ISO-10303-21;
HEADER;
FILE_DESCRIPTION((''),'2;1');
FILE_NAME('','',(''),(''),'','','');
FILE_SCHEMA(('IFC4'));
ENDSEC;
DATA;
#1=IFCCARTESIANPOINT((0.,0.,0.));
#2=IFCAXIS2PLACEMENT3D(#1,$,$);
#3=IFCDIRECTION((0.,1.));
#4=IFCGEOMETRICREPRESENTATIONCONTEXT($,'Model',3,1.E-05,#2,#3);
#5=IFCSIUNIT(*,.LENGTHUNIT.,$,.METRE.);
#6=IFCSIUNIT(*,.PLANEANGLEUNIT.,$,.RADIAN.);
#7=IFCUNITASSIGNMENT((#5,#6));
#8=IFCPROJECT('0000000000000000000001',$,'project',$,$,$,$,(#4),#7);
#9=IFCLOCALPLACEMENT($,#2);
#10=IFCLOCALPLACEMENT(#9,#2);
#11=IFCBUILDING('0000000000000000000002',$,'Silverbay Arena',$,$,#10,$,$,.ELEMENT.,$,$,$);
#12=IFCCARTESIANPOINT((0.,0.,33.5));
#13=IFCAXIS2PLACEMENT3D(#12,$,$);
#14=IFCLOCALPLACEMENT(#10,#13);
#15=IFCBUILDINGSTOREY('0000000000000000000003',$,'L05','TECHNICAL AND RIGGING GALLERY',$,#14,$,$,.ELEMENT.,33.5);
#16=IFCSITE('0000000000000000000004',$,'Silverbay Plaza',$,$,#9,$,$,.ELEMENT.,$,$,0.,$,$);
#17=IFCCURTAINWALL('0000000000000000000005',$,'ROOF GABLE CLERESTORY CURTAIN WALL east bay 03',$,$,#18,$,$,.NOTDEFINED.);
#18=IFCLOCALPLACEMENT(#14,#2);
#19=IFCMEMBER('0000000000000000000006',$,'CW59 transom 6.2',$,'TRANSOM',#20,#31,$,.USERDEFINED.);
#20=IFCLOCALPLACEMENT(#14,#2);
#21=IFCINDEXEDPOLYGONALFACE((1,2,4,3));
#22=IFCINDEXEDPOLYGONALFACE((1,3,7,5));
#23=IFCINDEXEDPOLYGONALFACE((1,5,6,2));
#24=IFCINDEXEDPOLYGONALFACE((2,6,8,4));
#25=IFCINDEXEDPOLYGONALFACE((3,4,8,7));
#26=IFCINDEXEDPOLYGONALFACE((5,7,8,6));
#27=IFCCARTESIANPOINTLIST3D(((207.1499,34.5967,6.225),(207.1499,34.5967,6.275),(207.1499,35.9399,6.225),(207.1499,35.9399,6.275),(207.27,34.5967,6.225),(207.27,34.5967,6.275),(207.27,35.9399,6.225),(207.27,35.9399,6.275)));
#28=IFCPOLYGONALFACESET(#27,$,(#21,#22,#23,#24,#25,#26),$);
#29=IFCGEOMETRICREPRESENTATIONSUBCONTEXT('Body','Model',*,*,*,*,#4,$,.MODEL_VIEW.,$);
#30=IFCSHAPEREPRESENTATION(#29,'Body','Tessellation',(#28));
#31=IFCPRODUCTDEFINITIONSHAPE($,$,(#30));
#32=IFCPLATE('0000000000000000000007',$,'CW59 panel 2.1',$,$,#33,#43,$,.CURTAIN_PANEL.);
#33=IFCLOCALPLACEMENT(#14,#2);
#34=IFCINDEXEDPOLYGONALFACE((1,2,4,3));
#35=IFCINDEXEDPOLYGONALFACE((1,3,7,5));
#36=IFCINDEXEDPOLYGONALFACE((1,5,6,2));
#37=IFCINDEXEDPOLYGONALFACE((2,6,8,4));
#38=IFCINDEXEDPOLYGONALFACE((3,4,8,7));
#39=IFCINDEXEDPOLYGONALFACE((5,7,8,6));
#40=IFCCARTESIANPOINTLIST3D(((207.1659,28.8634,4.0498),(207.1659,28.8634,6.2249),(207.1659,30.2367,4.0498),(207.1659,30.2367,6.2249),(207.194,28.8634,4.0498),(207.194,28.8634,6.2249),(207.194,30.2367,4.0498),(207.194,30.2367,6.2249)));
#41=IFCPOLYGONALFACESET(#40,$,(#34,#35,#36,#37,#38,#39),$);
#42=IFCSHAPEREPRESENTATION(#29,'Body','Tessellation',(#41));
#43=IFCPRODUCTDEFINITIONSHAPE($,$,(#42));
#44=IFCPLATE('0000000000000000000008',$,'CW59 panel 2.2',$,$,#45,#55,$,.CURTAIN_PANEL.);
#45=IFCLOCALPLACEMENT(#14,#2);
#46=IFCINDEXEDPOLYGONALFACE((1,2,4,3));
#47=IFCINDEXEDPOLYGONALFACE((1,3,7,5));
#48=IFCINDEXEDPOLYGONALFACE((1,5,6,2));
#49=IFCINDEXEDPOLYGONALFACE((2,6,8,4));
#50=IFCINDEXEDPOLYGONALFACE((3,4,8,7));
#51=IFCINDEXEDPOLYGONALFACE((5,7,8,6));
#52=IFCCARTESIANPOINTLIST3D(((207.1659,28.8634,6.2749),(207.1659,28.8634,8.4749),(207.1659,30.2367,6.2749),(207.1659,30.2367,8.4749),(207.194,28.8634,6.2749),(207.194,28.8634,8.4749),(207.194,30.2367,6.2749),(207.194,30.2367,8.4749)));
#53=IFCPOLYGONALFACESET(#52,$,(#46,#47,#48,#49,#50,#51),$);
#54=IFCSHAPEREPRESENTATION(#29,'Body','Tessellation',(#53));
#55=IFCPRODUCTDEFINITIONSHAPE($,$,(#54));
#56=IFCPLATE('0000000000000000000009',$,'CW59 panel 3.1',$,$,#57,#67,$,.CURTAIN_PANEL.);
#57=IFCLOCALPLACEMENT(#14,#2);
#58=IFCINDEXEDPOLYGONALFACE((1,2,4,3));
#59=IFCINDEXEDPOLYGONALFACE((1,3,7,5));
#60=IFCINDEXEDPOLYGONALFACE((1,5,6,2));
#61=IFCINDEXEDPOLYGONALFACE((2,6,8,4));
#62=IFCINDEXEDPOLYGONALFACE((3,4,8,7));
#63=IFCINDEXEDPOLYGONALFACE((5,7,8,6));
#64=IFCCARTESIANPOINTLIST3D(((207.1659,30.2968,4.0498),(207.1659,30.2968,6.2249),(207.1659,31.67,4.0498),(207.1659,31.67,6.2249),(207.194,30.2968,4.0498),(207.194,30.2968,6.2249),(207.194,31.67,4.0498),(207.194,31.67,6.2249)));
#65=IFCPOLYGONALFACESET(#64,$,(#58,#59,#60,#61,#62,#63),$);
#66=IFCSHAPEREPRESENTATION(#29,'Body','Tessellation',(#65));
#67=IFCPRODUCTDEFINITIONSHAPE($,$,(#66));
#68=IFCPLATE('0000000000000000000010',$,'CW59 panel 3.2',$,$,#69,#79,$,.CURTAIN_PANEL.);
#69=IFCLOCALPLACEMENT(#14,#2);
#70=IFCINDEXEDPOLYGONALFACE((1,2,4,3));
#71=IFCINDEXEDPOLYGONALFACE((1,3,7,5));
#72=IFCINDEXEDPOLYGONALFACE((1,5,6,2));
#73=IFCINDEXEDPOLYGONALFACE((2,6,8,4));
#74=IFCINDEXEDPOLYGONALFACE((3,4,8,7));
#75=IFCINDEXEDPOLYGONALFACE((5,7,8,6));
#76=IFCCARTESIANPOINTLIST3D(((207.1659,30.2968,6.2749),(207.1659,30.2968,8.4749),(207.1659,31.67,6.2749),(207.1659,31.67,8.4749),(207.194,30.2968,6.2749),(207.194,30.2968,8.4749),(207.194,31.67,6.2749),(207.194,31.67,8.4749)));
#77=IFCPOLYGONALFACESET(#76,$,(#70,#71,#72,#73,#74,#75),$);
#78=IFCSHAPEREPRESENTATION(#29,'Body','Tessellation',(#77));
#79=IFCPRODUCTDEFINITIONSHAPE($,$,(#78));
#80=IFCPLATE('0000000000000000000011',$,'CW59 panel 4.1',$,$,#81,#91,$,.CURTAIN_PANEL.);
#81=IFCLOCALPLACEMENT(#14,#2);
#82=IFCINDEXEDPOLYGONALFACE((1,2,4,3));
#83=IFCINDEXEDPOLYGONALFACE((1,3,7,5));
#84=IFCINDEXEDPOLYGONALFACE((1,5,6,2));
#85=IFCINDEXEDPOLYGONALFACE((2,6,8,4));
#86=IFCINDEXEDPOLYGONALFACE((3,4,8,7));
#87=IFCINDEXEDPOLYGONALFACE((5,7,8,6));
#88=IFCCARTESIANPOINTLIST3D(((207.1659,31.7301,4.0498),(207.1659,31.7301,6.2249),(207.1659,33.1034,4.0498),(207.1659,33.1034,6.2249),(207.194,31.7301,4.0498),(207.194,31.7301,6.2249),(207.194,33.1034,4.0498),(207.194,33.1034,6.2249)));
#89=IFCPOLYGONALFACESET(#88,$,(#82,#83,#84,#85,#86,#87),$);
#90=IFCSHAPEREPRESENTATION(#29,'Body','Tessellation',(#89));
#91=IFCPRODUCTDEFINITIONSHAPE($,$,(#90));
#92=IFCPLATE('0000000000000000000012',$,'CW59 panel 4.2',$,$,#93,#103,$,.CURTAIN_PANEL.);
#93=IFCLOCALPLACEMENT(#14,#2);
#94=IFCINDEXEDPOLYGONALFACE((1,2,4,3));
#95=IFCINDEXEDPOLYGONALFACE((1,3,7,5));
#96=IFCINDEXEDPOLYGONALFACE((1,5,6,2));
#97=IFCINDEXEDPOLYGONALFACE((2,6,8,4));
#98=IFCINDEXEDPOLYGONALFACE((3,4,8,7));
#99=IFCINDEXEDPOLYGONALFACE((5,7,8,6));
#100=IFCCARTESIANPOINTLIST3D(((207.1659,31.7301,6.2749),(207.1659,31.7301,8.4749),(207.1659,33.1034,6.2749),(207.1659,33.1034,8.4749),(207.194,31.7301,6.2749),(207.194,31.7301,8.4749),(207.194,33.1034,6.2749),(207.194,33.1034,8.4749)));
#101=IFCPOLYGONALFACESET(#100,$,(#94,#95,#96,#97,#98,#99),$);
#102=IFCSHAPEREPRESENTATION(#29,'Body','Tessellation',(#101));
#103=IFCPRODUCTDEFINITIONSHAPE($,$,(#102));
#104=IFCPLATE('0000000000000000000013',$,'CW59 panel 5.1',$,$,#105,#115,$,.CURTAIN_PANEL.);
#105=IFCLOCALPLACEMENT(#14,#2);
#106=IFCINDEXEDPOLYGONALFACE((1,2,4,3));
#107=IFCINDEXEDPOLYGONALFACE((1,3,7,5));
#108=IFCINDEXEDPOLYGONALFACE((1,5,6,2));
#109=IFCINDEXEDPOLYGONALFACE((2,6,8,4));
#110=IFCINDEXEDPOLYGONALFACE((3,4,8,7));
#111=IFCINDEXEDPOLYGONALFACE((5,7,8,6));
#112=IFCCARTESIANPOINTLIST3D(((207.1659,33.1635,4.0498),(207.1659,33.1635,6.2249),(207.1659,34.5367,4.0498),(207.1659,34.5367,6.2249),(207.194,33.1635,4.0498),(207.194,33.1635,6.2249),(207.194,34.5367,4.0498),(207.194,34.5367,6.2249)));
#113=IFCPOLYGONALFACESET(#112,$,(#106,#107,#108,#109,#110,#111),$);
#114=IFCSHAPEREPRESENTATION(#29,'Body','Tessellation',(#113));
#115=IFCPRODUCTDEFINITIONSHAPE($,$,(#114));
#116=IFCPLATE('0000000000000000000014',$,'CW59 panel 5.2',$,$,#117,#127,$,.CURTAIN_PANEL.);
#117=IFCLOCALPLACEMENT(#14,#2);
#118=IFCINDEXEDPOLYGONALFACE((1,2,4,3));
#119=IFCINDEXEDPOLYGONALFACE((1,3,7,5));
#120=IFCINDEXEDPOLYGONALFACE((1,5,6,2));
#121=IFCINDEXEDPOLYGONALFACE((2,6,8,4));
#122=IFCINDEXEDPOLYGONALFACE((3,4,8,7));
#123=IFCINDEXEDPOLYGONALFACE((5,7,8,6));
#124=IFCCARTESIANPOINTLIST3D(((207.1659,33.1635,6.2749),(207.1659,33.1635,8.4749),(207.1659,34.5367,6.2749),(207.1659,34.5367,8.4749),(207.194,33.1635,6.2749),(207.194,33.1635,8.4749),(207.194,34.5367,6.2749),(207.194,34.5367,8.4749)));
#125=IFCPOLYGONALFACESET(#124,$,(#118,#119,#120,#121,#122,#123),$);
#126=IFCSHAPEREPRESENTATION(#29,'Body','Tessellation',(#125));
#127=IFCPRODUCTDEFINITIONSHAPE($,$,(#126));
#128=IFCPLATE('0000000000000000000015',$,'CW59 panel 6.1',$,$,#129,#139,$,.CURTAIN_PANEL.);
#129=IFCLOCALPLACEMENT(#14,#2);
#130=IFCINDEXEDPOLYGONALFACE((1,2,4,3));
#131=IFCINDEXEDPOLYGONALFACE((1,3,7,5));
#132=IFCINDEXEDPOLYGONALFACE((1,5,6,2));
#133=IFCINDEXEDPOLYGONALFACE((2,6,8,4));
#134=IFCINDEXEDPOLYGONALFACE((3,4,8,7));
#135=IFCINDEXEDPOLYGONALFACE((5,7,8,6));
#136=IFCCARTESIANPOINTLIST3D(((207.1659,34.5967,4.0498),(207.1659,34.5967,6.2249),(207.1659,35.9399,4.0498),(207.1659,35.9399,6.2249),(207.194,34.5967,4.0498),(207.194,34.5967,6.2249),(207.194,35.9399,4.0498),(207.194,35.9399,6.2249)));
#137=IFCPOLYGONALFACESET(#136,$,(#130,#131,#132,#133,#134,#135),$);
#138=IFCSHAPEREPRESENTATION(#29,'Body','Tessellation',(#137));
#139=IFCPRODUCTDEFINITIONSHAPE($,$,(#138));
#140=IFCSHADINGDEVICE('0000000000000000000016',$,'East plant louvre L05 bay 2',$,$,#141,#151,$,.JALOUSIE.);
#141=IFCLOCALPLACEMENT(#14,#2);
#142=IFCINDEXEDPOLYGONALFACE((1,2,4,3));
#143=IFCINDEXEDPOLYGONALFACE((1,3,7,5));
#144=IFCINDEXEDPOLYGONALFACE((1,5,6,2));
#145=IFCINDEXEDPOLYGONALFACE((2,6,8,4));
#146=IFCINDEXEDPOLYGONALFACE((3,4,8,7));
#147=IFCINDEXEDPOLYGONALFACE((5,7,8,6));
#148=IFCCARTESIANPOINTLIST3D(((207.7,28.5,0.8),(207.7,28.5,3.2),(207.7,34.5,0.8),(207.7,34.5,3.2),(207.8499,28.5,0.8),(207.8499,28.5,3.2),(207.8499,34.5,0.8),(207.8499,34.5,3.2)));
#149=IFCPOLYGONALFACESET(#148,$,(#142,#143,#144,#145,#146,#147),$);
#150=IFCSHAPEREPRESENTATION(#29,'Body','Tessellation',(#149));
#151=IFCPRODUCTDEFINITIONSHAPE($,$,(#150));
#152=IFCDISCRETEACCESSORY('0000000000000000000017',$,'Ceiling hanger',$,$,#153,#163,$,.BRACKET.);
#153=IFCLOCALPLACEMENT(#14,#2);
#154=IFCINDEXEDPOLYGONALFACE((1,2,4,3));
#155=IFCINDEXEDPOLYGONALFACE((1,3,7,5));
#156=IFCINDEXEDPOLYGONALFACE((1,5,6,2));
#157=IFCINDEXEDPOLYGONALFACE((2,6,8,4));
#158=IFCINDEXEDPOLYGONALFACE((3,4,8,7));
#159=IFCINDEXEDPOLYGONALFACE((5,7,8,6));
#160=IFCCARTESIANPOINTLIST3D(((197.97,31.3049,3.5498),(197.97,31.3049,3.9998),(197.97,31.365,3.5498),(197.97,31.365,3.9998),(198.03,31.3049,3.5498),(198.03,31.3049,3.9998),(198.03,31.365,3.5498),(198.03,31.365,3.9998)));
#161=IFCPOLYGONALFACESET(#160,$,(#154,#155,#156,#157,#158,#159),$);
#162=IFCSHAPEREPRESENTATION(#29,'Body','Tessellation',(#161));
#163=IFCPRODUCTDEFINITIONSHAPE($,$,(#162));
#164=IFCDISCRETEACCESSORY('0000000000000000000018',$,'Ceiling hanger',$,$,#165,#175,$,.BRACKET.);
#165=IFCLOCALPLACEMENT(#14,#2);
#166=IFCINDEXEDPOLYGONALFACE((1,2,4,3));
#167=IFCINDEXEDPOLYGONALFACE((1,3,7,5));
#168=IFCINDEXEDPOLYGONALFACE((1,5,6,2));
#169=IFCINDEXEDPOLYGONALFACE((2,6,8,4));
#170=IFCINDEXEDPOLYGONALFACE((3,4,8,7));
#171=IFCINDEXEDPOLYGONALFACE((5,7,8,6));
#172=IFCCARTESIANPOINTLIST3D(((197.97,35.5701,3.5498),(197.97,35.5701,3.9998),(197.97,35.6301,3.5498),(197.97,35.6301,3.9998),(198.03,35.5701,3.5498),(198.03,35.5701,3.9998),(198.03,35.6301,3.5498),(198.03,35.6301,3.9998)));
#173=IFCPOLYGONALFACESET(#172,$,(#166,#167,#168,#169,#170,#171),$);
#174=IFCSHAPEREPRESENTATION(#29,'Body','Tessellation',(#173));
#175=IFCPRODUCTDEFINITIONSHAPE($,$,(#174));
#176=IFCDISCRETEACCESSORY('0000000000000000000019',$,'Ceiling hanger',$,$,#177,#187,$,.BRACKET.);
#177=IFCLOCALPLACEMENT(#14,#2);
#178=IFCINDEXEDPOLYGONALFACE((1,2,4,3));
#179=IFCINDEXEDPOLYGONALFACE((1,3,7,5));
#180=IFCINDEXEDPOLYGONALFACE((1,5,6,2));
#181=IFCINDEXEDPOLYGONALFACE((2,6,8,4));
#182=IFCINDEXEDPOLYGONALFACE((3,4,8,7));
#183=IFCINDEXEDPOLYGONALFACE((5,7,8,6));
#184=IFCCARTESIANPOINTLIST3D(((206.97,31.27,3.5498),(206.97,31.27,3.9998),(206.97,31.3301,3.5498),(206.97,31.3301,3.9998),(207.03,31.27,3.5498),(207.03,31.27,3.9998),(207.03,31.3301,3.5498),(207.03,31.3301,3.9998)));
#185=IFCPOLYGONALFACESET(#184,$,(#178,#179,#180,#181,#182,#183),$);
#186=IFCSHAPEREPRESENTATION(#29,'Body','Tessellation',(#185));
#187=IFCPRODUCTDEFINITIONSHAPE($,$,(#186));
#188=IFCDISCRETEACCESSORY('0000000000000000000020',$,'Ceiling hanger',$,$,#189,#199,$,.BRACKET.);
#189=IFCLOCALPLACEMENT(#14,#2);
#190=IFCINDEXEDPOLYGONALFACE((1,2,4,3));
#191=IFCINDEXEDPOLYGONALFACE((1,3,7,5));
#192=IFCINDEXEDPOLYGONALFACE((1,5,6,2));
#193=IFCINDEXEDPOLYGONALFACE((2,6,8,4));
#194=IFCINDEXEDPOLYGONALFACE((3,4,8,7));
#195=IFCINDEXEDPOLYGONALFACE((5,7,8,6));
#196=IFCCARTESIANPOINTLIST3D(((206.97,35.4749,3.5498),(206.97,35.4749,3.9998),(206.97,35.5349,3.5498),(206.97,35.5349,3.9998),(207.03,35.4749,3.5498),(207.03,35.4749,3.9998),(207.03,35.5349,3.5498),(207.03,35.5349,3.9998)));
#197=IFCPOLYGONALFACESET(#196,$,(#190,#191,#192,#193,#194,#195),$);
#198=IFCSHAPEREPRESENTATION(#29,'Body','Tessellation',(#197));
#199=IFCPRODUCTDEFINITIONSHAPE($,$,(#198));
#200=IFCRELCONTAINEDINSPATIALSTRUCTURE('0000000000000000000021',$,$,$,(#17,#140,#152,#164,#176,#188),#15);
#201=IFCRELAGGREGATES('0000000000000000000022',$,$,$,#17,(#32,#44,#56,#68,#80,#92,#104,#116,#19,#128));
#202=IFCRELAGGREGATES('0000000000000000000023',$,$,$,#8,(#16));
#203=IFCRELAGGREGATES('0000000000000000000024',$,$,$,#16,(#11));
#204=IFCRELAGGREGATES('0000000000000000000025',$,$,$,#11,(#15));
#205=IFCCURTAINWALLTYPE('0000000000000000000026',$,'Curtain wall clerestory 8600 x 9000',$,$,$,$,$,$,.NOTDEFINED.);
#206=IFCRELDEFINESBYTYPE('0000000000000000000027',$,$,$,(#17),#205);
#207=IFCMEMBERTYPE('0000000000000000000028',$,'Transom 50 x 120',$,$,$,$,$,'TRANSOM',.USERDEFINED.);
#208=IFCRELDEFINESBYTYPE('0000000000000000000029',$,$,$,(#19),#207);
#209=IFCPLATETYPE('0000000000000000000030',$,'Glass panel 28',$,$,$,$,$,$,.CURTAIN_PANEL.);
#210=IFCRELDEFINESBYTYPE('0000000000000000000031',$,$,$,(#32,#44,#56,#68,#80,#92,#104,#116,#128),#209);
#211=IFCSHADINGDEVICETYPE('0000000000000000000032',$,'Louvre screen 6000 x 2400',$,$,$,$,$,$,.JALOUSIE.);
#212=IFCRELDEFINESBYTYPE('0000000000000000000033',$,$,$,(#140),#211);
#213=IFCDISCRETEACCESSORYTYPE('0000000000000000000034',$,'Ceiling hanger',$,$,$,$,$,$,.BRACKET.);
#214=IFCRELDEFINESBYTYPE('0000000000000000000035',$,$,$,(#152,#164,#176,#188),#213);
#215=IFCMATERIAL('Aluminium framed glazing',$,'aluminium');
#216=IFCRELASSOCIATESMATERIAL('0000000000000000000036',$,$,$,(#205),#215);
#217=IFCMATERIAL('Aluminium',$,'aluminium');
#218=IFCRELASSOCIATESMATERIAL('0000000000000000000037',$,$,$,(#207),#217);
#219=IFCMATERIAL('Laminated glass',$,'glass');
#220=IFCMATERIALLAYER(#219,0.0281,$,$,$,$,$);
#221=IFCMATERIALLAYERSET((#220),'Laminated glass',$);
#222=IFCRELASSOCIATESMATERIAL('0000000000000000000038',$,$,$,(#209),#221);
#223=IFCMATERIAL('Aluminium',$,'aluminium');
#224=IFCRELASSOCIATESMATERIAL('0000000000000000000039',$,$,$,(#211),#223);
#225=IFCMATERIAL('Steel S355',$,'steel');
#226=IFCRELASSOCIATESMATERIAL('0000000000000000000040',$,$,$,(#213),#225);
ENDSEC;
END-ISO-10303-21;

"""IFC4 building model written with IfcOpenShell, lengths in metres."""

from ifc_helpers import new_model, si_unit, direction, frame, origin, origin_2d, place, context, subcontext, project, spatial, rectangle, extrude, material, layer, layer_set, material_profile, profile_set, type_object, element, aggregate, save


model = new_model("IFC4")

# Units and contexts
model_context = context("Model", 3, precision=1e-05, world=origin(), true_north=direction((0.0, 1.0)))
body_context = subcontext(model_context, "Body", "Model", "MODEL_VIEW")
ifc_project = project(units=[si_unit("LENGTHUNIT", "METRE"), si_unit("PLANEANGLEUNIT", "RADIAN")], contexts=[model_context])

# Site, building, storey
site_placement = place(None, origin())
site = spatial("IfcSite", under=ifc_project, at=site_placement, Name="Silverbay Plaza", CompositionType="ELEMENT", RefElevation=0.0)
building_placement = place(site_placement, origin())
building = spatial("IfcBuilding", under=site, at=building_placement, Name="Silverbay Arena", CompositionType="ELEMENT")
storey_placement = place(building_placement, frame((0.0, 0.0, 33.5)))
storey = spatial("IfcBuildingStorey", under=building, at=storey_placement, Name="L05", Description="TECHNICAL AND RIGGING GALLERY", CompositionType="ELEMENT", Elevation=33.5)

# Curtain wall
ifc_material_1 = material(Name="Aluminium framed glazing", Category="aluminium")
curtain_wall_type = type_object("IfcCurtainWallType", Name="Curtain wall clerestory 8600 x 9000", PredefinedType="NOTDEFINED", material=ifc_material_1)
curtain_wall_placement = place(storey_placement, origin())
curtain_wall = element("IfcCurtainWall", 1, at=curtain_wall_placement, inside=storey, type_object=curtain_wall_type, Name="ROOF GABLE CLERESTORY CURTAIN WALL east bay 03", PredefinedType="NOTDEFINED")

# Member
ifc_material_2 = material(Name="Aluminium", Category="aluminium")
ifc_material_profile_1 = material_profile(ifc_material_2, rectangle(XDim=0.1201, YDim=0.05, at=origin_2d()), Name="Transom 50 x 120")
ifc_profile_set_1 = profile_set([ifc_material_profile_1], Name="Aluminium")
member_type_1 = type_object("IfcMemberType", Name="Transom 50 x 120", ElementType="TRANSOM", PredefinedType="USERDEFINED", material=ifc_profile_set_1)
member_1_placement = place(storey_placement, frame((207.21, 34.5967, 6.25), z_axis=(0.0, 1.0, 0.0), x_axis=(-1.0, 0.0, 0.0)))
member_1 = element("IfcMember", 2, at=member_1_placement, type_object=member_type_1, Name="CW59 transom 6.2", ObjectType="TRANSOM", PredefinedType="USERDEFINED", context=body_context, shape_type="SweptSolid", body=[
    extrude(rectangle(XDim=0.1201, YDim=0.05, at=origin_2d()), origin(), (0.0, 0.0, 1.0), 1.3433),
])

# Plates
ifc_material_3 = material(Name="Laminated glass", Category="glass")
ifc_layer = layer(ifc_material_3, 0.0281)
ifc_layer_set = layer_set([ifc_layer], Name="Laminated glass")
plate_type = type_object("IfcPlateType", Name="Glass panel 28", PredefinedType="CURTAIN_PANEL", material=ifc_layer_set)
plate_1_placement = place(storey_placement, frame((207.1799, 29.55, 4.0498), z_axis=(0.0, 0.0, 1.0), x_axis=(0.0, 1.0, 0.0)))
plate_1 = element("IfcPlate", 3, at=plate_1_placement, type_object=plate_type, Name="CW59 panel 2.1", PredefinedType="CURTAIN_PANEL", context=body_context, shape_type="SweptSolid", body=[
    extrude(rectangle(XDim=1.3733, YDim=0.0281, at=origin_2d()), origin(), (0.0, 0.0, 1.0), 2.175),
])
plate_2_placement = place(storey_placement, frame((207.1799, 29.55, 6.2749), z_axis=(0.0, 0.0, 1.0), x_axis=(0.0, 1.0, 0.0)))
plate_2 = element("IfcPlate", 4, at=plate_2_placement, type_object=plate_type, Name="CW59 panel 2.2", PredefinedType="CURTAIN_PANEL", context=body_context, shape_type="SweptSolid", body=[
    extrude(rectangle(XDim=1.3733, YDim=0.0281, at=origin_2d()), origin(), (0.0, 0.0, 1.0), 2.2),
])
plate_3_placement = place(storey_placement, frame((207.1799, 30.9834, 4.0498), z_axis=(0.0, 0.0, 1.0), x_axis=(0.0, 1.0, 0.0)))
plate_3 = element("IfcPlate", 5, at=plate_3_placement, type_object=plate_type, Name="CW59 panel 3.1", PredefinedType="CURTAIN_PANEL", context=body_context, shape_type="SweptSolid", body=[
    extrude(rectangle(XDim=1.3733, YDim=0.0281, at=origin_2d()), origin(), (0.0, 0.0, 1.0), 2.175),
])
plate_4_placement = place(storey_placement, frame((207.1799, 30.9834, 6.2749), z_axis=(0.0, 0.0, 1.0), x_axis=(0.0, 1.0, 0.0)))
plate_4 = element("IfcPlate", 6, at=plate_4_placement, type_object=plate_type, Name="CW59 panel 3.2", PredefinedType="CURTAIN_PANEL", context=body_context, shape_type="SweptSolid", body=[
    extrude(rectangle(XDim=1.3733, YDim=0.0281, at=origin_2d()), origin(), (0.0, 0.0, 1.0), 2.2),
])
plate_5_placement = place(storey_placement, frame((207.1799, 32.4167, 4.0498), z_axis=(0.0, 0.0, 1.0), x_axis=(0.0, 1.0, 0.0)))
plate_5 = element("IfcPlate", 7, at=plate_5_placement, type_object=plate_type, Name="CW59 panel 4.1", PredefinedType="CURTAIN_PANEL", context=body_context, shape_type="SweptSolid", body=[
    extrude(rectangle(XDim=1.3733, YDim=0.0281, at=origin_2d()), origin(), (0.0, 0.0, 1.0), 2.175),
])
plate_6_placement = place(storey_placement, frame((207.1799, 32.4167, 6.2749), z_axis=(0.0, 0.0, 1.0), x_axis=(0.0, 1.0, 0.0)))
plate_6 = element("IfcPlate", 8, at=plate_6_placement, type_object=plate_type, Name="CW59 panel 4.2", PredefinedType="CURTAIN_PANEL", context=body_context, shape_type="SweptSolid", body=[
    extrude(rectangle(XDim=1.3733, YDim=0.0281, at=origin_2d()), origin(), (0.0, 0.0, 1.0), 2.2),
])
plate_7_placement = place(storey_placement, frame((207.1799, 33.8501, 4.0498), z_axis=(0.0, 0.0, 1.0), x_axis=(0.0, 1.0, 0.0)))
plate_7 = element("IfcPlate", 9, at=plate_7_placement, type_object=plate_type, Name="CW59 panel 5.1", PredefinedType="CURTAIN_PANEL", context=body_context, shape_type="SweptSolid", body=[
    extrude(rectangle(XDim=1.3733, YDim=0.0281, at=origin_2d()), origin(), (0.0, 0.0, 1.0), 2.175),
])
plate_8_placement = place(storey_placement, frame((207.1799, 33.8501, 6.2749), z_axis=(0.0, 0.0, 1.0), x_axis=(0.0, 1.0, 0.0)))
plate_8 = element("IfcPlate", 10, at=plate_8_placement, type_object=plate_type, Name="CW59 panel 5.2", PredefinedType="CURTAIN_PANEL", context=body_context, shape_type="SweptSolid", body=[
    extrude(rectangle(XDim=1.3733, YDim=0.0281, at=origin_2d()), origin(), (0.0, 0.0, 1.0), 2.2),
])
plate_9_placement = place(storey_placement, frame((207.1799, 35.2683, 4.0498), z_axis=(0.0, 0.0, 1.0), x_axis=(0.0, 1.0, 0.0)))
plate_9 = element("IfcPlate", 11, at=plate_9_placement, type_object=plate_type, Name="CW59 panel 6.1", PredefinedType="CURTAIN_PANEL", context=body_context, shape_type="SweptSolid", body=[
    extrude(rectangle(XDim=1.3433, YDim=0.0281, at=origin_2d()), origin(), (0.0, 0.0, 1.0), 2.175),
])
aggregate(curtain_wall, [plate_1, plate_2, plate_3, plate_4, plate_5, plate_6, plate_7, plate_8, member_1, plate_9])

# Shading device
ifc_material_4 = material(Name="Aluminium", Category="aluminium")
shading_device_type = type_object("IfcShadingDeviceType", Name="Louvre screen 6000 x 2400", PredefinedType="JALOUSIE", material=ifc_material_4)
shading_device_placement = place(storey_placement, frame((207.7749, 31.5, 0.8), z_axis=(0.0, 0.0, 1.0), x_axis=(0.0, 1.0, 0.0)))
element("IfcShadingDevice", 12, at=shading_device_placement, inside=storey, type_object=shading_device_type, Name="East plant louvre L05 bay 2", PredefinedType="JALOUSIE", context=body_context, shape_type="SweptSolid", body=[
    extrude(rectangle(XDim=6.0, YDim=0.1499, at=origin_2d()), origin(), (0.0, 0.0, 1.0), 2.3999),
])

# Discrete accessories
ifc_material_5 = material(Name="Steel S355", Category="steel")
discrete_accessory_type_1 = type_object("IfcDiscreteAccessoryType", Name="Ceiling hanger", PredefinedType="BRACKET", material=ifc_material_5)
for number, where, z_axis, x_axis, name in (
    (13, (198.0, 31.335, 3.5498), (0.0, 0.0, 1.0), (1.0, 0.0, 0.0), "Ceiling hanger"),
    (14, (198.0, 35.6001, 3.5498), (0.0, 0.0, 1.0), (1.0, 0.0, 0.0), "Ceiling hanger"),
    (15, (207.0, 31.3, 3.5498), (0.0, 0.0, 1.0), (1.0, 0.0, 0.0), "Ceiling hanger"),
    (16, (207.0, 35.5049, 3.5498), (0.0, 0.0, 1.0), (1.0, 0.0, 0.0), "Ceiling hanger"),
):
    element("IfcDiscreteAccessory", number, at=place(storey_placement, frame(where, z_axis=z_axis, x_axis=x_axis)), inside=storey, type_object=discrete_accessory_type_1, Name=name, PredefinedType="BRACKET", context=body_context, shape_type="SweptSolid", body=[
        extrude(rectangle(XDim=0.0601, YDim=0.0601, at=origin_2d()), origin(), (0.0, 0.0, 1.0), 0.45),
    ])

save(model, "model.ifc")
